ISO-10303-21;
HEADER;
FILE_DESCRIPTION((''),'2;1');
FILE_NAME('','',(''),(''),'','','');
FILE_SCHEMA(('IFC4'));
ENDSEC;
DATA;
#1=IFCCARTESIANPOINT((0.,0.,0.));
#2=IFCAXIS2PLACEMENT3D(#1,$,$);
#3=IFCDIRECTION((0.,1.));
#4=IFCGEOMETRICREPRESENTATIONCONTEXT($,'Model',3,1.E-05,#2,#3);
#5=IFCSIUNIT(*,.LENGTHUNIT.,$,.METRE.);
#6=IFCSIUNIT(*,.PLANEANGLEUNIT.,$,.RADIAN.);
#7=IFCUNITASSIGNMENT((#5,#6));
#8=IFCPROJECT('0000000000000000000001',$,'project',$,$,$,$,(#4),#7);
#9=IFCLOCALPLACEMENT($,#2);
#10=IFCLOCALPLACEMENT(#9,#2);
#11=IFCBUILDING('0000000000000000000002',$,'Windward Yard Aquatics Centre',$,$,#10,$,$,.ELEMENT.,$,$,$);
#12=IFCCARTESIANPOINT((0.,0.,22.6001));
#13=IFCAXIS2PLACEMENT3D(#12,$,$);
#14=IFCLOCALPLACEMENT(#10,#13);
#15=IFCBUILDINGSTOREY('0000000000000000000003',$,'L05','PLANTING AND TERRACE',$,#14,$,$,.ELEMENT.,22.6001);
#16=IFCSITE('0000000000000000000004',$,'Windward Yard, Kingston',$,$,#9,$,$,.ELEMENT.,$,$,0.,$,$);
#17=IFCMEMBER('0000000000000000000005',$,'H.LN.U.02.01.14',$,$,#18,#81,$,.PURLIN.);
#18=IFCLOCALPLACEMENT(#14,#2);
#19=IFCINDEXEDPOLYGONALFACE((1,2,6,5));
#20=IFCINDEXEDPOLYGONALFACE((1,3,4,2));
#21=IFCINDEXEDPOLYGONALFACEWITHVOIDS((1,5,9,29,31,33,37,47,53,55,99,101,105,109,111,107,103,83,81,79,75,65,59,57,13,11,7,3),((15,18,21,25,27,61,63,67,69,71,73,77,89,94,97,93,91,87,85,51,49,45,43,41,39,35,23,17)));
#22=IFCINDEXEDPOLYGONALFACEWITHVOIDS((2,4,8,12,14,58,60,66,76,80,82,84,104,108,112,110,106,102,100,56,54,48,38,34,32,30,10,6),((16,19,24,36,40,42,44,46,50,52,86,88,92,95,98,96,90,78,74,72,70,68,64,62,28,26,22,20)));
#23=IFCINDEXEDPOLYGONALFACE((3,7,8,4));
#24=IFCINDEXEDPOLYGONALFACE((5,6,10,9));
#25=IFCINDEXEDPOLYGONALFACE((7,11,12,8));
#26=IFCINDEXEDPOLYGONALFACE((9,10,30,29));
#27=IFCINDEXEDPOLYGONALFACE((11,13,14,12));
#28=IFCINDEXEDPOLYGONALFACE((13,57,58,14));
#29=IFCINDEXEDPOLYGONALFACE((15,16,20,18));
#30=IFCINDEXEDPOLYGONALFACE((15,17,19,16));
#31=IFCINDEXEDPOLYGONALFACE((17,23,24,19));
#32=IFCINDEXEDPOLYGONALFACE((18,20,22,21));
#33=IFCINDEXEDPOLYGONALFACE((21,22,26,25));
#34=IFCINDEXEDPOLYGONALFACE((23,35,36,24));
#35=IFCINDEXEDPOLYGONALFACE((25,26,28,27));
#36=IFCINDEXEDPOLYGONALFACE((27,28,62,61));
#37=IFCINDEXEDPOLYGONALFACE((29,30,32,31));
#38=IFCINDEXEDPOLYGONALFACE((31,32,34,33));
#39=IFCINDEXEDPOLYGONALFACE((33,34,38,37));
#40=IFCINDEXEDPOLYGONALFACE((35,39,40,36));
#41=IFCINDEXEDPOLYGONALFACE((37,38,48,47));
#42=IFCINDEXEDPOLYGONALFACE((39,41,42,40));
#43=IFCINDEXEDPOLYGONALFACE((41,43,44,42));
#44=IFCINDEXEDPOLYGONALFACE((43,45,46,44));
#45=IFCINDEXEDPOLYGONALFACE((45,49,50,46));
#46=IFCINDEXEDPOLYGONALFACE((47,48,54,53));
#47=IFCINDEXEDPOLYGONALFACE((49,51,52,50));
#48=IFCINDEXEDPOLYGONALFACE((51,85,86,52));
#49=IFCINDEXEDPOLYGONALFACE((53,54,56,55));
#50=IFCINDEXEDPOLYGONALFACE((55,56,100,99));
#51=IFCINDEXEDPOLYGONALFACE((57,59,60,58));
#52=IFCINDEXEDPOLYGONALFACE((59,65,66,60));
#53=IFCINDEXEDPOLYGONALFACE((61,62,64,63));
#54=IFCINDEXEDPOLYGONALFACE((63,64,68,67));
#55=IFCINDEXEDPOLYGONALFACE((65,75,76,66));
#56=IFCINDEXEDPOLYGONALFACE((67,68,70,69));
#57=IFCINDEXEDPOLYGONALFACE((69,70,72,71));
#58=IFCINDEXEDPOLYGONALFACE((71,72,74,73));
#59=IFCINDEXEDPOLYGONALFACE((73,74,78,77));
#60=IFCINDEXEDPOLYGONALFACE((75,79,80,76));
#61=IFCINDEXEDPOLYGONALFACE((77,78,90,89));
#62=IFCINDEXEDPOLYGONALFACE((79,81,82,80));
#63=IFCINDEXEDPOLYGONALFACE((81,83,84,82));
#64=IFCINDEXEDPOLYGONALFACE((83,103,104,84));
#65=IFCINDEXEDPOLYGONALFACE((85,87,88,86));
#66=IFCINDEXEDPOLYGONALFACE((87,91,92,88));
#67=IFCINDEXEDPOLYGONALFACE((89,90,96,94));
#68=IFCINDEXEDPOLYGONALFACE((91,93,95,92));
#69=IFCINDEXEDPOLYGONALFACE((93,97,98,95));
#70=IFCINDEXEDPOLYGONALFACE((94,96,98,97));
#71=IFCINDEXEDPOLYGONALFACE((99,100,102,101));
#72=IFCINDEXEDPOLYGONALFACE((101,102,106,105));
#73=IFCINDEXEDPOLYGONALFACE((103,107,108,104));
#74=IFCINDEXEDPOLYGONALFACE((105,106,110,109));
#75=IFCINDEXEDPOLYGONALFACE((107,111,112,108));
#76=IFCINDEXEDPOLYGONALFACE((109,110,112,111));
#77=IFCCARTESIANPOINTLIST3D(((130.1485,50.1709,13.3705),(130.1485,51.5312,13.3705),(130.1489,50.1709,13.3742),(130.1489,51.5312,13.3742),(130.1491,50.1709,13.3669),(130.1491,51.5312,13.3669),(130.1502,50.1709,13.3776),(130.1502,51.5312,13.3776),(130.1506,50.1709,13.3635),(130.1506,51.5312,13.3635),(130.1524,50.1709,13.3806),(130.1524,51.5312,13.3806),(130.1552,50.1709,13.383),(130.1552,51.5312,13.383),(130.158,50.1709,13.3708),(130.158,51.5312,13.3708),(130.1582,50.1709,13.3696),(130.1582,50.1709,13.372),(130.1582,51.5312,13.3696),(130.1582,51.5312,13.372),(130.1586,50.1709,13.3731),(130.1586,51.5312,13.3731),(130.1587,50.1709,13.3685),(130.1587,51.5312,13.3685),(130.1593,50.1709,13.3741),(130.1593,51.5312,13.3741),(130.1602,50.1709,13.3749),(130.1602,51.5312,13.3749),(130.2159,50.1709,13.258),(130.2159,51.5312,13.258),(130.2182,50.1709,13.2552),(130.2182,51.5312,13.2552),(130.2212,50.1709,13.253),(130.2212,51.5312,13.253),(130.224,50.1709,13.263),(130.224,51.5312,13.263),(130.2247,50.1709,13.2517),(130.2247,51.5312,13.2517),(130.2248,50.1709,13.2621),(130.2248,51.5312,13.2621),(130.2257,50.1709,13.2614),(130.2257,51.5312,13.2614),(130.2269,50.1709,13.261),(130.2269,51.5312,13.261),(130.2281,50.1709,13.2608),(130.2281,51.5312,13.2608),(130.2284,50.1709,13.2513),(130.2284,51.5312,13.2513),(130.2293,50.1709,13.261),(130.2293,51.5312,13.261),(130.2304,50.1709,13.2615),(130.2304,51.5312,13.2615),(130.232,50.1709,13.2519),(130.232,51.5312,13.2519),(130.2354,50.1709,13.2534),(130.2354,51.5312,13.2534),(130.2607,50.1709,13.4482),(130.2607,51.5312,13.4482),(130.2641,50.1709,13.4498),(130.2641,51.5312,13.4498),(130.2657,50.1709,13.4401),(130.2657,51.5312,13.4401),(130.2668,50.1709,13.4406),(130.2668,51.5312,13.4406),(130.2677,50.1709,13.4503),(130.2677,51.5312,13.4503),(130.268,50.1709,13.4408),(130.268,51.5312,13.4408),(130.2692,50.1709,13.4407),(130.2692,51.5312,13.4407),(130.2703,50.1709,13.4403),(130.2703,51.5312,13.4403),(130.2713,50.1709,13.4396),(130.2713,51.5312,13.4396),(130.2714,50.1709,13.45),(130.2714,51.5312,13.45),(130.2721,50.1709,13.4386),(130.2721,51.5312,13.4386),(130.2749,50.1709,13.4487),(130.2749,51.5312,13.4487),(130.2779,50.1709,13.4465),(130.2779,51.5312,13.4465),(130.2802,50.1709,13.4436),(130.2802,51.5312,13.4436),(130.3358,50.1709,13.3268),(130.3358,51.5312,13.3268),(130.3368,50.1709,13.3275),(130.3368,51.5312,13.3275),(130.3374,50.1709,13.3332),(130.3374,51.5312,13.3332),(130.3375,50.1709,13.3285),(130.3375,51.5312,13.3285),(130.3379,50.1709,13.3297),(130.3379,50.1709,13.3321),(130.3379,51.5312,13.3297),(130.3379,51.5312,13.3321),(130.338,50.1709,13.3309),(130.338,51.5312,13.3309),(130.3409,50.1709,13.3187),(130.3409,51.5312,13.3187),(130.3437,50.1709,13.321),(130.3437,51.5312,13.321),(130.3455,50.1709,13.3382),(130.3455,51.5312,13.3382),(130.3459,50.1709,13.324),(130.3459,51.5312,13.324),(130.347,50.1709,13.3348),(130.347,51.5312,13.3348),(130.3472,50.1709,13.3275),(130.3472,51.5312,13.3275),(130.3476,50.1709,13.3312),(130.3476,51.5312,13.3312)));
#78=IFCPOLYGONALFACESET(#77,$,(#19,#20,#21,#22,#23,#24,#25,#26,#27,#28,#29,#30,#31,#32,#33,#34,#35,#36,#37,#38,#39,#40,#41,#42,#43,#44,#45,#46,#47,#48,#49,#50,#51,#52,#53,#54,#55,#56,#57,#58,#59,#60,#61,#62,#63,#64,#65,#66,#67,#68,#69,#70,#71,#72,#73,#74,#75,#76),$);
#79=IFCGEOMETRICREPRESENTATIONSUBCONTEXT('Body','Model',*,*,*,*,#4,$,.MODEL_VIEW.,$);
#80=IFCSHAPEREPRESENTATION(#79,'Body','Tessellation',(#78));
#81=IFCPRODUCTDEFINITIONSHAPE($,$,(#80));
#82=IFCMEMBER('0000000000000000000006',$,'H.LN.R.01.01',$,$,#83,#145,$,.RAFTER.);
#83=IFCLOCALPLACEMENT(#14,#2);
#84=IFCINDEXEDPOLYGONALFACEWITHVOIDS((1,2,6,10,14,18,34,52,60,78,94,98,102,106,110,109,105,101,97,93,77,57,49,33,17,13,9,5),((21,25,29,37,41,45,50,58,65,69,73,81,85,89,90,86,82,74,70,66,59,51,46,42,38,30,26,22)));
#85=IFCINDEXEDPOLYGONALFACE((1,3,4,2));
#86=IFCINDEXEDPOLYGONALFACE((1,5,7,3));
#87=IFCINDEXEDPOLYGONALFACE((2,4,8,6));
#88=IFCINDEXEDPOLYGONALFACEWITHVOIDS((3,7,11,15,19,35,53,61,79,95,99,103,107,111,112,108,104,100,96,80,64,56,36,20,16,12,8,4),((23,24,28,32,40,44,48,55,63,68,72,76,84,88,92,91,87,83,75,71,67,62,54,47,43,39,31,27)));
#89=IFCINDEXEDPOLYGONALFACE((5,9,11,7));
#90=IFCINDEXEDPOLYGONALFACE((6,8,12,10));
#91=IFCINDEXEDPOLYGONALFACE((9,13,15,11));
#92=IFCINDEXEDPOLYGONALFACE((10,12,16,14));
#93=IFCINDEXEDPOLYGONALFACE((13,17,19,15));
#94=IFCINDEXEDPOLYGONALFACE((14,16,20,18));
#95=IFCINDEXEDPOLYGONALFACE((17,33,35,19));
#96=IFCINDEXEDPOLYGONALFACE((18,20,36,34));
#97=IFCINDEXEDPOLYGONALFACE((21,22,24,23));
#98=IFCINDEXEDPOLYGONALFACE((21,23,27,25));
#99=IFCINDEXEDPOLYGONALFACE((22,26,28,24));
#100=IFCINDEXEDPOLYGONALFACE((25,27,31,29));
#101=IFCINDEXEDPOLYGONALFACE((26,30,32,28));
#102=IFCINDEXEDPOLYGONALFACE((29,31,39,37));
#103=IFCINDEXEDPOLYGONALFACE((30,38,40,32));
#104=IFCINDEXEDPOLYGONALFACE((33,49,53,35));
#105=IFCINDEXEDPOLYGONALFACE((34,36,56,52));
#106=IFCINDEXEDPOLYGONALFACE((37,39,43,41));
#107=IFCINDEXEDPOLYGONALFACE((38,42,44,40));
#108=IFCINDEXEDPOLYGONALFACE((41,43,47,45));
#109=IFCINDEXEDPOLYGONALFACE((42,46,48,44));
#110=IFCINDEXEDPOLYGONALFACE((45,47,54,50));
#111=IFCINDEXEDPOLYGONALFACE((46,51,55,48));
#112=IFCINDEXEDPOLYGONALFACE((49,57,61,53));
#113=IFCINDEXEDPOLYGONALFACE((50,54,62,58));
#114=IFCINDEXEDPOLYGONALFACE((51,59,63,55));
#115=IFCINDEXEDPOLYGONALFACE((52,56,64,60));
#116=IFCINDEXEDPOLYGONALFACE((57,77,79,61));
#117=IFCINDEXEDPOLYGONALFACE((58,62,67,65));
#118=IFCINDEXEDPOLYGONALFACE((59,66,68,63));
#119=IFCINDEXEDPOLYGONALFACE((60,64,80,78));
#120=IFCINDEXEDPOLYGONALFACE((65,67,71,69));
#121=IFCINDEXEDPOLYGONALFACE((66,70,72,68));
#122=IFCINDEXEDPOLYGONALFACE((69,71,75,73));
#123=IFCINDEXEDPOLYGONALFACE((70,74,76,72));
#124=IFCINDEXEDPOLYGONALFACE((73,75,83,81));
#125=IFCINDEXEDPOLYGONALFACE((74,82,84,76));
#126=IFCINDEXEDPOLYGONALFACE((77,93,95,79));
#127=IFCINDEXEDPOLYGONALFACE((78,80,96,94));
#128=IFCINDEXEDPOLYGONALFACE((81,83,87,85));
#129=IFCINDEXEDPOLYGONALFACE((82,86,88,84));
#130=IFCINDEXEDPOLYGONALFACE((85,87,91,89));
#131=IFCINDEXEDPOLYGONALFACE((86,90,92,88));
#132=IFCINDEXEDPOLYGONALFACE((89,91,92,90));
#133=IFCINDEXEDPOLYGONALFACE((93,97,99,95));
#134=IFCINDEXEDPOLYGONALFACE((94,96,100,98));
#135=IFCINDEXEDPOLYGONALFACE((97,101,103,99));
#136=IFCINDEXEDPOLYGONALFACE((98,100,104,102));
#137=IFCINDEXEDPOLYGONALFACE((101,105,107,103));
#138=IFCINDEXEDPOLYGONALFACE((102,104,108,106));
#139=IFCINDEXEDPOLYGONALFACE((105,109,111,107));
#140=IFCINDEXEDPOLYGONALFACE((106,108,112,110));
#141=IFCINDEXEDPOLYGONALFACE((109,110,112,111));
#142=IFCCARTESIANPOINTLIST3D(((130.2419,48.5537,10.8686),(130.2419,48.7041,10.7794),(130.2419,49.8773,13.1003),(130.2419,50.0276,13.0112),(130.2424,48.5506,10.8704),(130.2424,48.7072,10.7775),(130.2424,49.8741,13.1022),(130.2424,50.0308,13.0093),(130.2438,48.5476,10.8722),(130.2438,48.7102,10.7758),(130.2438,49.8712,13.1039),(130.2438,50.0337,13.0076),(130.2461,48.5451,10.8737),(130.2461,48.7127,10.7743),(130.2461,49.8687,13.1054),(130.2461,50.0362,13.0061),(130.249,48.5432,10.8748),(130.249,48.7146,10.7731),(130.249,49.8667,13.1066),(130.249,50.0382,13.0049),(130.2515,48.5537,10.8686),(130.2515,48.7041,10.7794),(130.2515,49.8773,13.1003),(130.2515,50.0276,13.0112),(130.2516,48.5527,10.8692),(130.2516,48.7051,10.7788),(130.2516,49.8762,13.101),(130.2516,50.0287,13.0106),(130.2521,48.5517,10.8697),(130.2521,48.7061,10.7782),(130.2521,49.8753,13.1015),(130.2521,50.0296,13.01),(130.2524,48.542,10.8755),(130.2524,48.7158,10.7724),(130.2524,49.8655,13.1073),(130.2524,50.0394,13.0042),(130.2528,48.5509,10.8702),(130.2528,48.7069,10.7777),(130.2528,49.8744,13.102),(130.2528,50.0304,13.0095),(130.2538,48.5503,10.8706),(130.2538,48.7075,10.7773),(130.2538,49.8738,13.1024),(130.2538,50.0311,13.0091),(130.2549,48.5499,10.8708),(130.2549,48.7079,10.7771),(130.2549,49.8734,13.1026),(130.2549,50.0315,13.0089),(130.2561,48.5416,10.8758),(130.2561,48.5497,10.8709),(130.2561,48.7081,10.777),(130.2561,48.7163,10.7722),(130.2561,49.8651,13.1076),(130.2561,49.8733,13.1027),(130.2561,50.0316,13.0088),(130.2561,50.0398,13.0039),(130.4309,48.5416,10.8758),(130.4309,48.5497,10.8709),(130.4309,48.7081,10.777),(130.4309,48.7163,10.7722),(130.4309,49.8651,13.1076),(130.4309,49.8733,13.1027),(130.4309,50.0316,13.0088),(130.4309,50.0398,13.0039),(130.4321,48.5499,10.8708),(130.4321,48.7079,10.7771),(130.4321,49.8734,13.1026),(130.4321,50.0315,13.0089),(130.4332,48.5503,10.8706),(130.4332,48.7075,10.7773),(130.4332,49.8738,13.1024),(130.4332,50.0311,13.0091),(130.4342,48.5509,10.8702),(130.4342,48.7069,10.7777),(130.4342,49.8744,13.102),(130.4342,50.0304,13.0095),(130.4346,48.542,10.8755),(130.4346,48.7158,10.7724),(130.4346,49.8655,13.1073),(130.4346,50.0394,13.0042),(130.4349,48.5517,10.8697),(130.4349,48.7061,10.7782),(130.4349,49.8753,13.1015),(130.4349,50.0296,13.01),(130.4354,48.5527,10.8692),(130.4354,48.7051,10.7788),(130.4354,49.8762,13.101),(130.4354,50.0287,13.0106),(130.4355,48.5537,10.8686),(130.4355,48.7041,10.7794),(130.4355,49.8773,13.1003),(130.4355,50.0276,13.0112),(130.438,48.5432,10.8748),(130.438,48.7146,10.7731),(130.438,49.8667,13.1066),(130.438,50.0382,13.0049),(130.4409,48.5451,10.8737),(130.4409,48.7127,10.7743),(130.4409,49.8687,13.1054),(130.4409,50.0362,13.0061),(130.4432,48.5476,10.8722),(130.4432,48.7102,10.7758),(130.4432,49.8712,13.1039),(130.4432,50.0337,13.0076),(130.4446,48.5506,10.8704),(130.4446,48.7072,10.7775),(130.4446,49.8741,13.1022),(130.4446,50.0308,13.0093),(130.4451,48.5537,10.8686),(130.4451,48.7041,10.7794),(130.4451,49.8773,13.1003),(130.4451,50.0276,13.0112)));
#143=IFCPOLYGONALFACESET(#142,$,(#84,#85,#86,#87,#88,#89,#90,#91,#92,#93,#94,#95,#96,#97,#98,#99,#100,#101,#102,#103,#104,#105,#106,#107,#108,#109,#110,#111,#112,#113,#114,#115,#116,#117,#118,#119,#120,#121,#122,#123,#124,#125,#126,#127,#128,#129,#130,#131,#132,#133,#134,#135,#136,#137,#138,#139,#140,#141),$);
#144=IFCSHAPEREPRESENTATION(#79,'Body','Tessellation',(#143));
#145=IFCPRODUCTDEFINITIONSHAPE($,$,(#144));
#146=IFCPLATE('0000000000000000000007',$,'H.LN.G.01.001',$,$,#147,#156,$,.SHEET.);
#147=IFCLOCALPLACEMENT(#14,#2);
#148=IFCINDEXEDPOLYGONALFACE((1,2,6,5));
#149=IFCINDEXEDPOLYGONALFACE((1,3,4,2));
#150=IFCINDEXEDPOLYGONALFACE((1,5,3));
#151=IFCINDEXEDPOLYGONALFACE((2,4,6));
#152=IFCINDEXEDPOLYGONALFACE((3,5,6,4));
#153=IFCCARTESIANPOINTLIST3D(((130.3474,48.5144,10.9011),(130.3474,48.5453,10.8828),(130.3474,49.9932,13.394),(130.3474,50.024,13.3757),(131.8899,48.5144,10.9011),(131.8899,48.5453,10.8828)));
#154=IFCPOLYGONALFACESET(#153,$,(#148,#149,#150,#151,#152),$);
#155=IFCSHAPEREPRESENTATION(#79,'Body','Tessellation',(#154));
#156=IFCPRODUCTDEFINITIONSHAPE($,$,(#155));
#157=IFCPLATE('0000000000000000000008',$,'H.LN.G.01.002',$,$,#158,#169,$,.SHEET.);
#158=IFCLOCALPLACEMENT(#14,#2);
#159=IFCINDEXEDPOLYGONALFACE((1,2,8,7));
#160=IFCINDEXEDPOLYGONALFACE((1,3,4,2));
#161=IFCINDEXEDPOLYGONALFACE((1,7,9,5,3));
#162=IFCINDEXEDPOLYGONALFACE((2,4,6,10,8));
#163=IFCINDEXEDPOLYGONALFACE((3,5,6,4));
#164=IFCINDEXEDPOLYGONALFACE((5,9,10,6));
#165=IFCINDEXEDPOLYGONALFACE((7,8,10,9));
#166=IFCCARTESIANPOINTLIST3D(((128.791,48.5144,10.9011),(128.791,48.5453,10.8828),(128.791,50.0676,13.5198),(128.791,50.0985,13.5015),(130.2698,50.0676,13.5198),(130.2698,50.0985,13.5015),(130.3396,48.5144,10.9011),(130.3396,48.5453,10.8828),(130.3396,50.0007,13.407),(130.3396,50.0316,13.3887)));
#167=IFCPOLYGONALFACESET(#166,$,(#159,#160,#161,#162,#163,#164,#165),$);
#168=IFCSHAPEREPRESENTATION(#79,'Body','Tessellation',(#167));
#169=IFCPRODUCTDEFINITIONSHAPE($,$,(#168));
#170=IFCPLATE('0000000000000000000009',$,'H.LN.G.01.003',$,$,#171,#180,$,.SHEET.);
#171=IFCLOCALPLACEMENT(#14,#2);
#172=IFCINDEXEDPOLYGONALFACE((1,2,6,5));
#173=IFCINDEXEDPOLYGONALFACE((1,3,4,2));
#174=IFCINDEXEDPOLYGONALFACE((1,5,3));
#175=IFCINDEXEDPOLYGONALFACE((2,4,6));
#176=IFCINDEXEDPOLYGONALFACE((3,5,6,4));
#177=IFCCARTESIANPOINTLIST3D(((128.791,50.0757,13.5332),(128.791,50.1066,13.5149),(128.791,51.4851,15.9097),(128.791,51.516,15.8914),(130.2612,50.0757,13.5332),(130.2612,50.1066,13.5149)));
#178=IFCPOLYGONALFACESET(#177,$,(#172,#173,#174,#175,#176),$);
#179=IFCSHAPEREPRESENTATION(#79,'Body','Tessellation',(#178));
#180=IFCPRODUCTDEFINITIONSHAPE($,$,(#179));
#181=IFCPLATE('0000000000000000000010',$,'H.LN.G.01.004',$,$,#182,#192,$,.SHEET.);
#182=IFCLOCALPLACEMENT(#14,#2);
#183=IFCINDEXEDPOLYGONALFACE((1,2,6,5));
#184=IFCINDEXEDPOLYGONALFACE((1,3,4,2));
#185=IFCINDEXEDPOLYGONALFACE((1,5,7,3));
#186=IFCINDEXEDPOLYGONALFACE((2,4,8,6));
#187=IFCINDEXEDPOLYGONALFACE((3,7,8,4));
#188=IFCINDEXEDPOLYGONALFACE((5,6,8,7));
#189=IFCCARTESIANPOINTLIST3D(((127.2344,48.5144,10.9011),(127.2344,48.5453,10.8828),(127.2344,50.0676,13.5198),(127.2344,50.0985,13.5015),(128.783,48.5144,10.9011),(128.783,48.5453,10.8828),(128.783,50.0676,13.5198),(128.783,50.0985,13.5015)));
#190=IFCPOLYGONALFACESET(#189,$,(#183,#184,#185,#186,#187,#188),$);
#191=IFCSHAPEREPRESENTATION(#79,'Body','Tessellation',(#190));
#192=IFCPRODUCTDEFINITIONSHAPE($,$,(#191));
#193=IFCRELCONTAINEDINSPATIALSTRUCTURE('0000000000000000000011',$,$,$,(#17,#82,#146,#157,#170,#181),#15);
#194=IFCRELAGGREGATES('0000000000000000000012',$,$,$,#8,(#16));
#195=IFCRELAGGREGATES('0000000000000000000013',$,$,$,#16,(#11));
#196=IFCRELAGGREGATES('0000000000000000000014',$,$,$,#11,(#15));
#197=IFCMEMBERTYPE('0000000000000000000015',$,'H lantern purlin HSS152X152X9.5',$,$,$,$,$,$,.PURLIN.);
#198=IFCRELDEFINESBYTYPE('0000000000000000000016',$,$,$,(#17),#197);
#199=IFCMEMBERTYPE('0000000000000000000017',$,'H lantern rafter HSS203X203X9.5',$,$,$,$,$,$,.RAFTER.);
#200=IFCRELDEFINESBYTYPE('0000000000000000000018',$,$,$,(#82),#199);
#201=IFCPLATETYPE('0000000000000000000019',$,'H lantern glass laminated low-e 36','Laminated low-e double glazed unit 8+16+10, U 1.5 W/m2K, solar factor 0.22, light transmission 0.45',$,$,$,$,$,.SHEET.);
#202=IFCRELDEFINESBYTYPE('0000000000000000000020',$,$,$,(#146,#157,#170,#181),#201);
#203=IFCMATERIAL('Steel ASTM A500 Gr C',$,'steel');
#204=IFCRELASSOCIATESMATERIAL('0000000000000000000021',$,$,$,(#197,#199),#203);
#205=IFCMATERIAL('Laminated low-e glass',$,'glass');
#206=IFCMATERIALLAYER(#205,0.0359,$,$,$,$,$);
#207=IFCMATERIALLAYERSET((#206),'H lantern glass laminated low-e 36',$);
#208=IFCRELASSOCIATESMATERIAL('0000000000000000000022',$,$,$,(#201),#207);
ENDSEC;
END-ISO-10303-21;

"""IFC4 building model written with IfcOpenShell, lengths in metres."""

from ifc_helpers import new_model, si_unit, direction, frame, origin, origin_2d, place, context, subcontext, project, spatial, polyline, hollow_rectangle, outline, extrude, material, layer, layer_set, material_profile, profile_set, type_object, element, save


model = new_model("IFC4")

# Units and contexts
model_context = context("Model", 3, precision=1e-05, world=origin(), true_north=direction((0.0, 1.0)))
body_context = subcontext(model_context, "Body", "Model", "MODEL_VIEW")
ifc_project = project(units=[si_unit("LENGTHUNIT", "METRE"), si_unit("PLANEANGLEUNIT", "RADIAN")], contexts=[model_context])

# Site, building, storey
site_placement = place(None, origin())
site = spatial("IfcSite", under=ifc_project, at=site_placement, Name="Windward Yard, Kingston", CompositionType="ELEMENT", RefElevation=0.0)
building_placement = place(site_placement, origin())
building = spatial("IfcBuilding", under=site, at=building_placement, Name="Windward Yard Aquatics Centre", CompositionType="ELEMENT")
storey_placement = place(building_placement, frame((0.0, 0.0, 22.6001)))
storey = spatial("IfcBuildingStorey", under=building, at=storey_placement, Name="L05", Description="PLANTING AND TERRACE", CompositionType="ELEMENT", Elevation=22.6001)

# Members
ifc_material_1 = material(Name="Steel ASTM A500 Gr C", Category="steel")
ifc_material_profile_1 = material_profile(ifc_material_1, hollow_rectangle(XDim=0.1523, YDim=0.1523, WallThickness=0.0095, InnerFilletRadius=0.0046, OuterFilletRadius=0.0142, at=origin_2d()), Name="HSS152X152X9.5")
ifc_profile_set_1 = profile_set([ifc_material_profile_1], Name="Steel ASTM A500 Gr C")
member_type_1 = type_object("IfcMemberType", Name="H lantern purlin HSS152X152X9.5", PredefinedType="PURLIN", material=ifc_profile_set_1)
member_1_placement = place(storey_placement, frame((130.248, 51.5312, 13.3508), z_axis=(0.0, -1.0, 0.0), x_axis=(0.526172, 0.0, -0.850378)))
element("IfcMember", 1, at=member_1_placement, inside=storey, type_object=member_type_1, Name="H.LN.U.02.01.14", PredefinedType="PURLIN", context=body_context, shape_type="SweptSolid", body=[
    extrude(hollow_rectangle(XDim=0.1523, YDim=0.1523, WallThickness=0.0095, InnerFilletRadius=0.0046, OuterFilletRadius=0.0142, at=origin_2d()), origin(), (0.0, 0.0, 1.0), 1.3604),
])
ifc_material_profile_2 = material_profile(ifc_material_1, hollow_rectangle(XDim=0.2031, YDim=0.2031, WallThickness=0.0095, InnerFilletRadius=0.0046, OuterFilletRadius=0.0142, at=origin_2d()), Name="HSS203X203X9.5")
ifc_profile_set_2 = profile_set([ifc_material_profile_2], Name="Steel ASTM A500 Gr C")
member_type_2 = type_object("IfcMemberType", Name="H lantern rafter HSS203X203X9.5", PredefinedType="RAFTER", material=ifc_profile_set_2)
member_2_placement = place(storey_placement, frame((130.3435, 48.6289, 10.824), z_axis=(0.0, 0.510089, 0.860122), x_axis=(-1.0, 0.0, 0.0)))
element("IfcMember", 2, at=member_2_placement, inside=storey, type_object=member_type_2, Name="H.LN.R.01.01", PredefinedType="RAFTER", context=body_context, shape_type="SweptSolid", body=[
    extrude(hollow_rectangle(XDim=0.2031, YDim=0.2031, WallThickness=0.0095, InnerFilletRadius=0.0046, OuterFilletRadius=0.0142, at=origin_2d()), origin(), (0.0, 0.0, 1.0), 2.5947),
])

# Plates
ifc_material_2 = material(Name="Laminated low-e glass", Category="glass")
ifc_layer = layer(ifc_material_2, 0.0359)
ifc_layer_set = layer_set([ifc_layer], Name="H lantern glass laminated low-e 36")
plate_type = type_object("IfcPlateType", Name="H lantern glass laminated low-e 36", Description="Laminated low-e double glazed unit 8+16+10, U 1.5 W/m2K, solar factor 0.22, light transmission 0.45", PredefinedType="SHEET", material=ifc_layer_set)
plate_1_placement = place(storey_placement, frame((130.3474, 48.5144, 10.9011), z_axis=(0.0, -0.860068, 0.510179), x_axis=(0.0, 0.510179, 0.860068)))
element("IfcPlate", 3, at=plate_1_placement, inside=storey, type_object=plate_type, Name="H.LN.G.01.001", PredefinedType="SHEET", context=body_context, shape_type="SweptSolid", body=[
    extrude(outline(polyline([(0.0, 0.0), (2.8985, 0.0), (0.0, -1.5425), (0.0, 0.0)])), origin(), (0.0, 0.0, -1.0), 0.0359),
])
plate_2_placement = place(storey_placement, frame((128.791, 48.5144, 10.9011), z_axis=(0.000002, -0.860086, 0.51015), x_axis=(0.0, 0.51015, 0.860086)))
element("IfcPlate", 4, at=plate_2_placement, inside=storey, type_object=plate_type, Name="H.LN.G.01.002", PredefinedType="SHEET", context=body_context, shape_type="SweptSolid", body=[
    extrude(outline(polyline([(0.0, 0.0), (3.0446, 0.0), (3.0446, -1.4788), (2.9135, -1.5486), (0.0, -1.5486), (0.0, 0.0)])), origin(), (0.0, 0.0, -1.0), 0.0359),
])
plate_3_placement = place(storey_placement, frame((128.791, 50.0757, 13.5332), z_axis=(0.0, -0.860109, 0.51011), x_axis=(0.0, 0.51011, 0.860109)))
element("IfcPlate", 5, at=plate_3_placement, inside=storey, type_object=plate_type, Name="H.LN.G.01.003", PredefinedType="SHEET", context=body_context, shape_type="SweptSolid", body=[
    extrude(outline(polyline([(0.0, 0.0), (2.763, 0.0), (0.0, -1.4702), (0.0, 0.0)])), origin(), (0.0, 0.0, -1.0), 0.0359),
])
plate_4_placement = place(storey_placement, frame((127.2344, 48.5144, 10.9011), z_axis=(0.0, -0.860086, 0.51015), x_axis=(0.0, 0.51015, 0.860086)))
element("IfcPlate", 6, at=plate_4_placement, inside=storey, type_object=plate_type, Name="H.LN.G.01.004", PredefinedType="SHEET", context=body_context, shape_type="SweptSolid", body=[
    extrude(outline(polyline([(0.0, 0.0), (3.0446, 0.0), (3.0446, -1.5486), (0.0, -1.5486), (0.0, 0.0)])), origin(), (0.0, 0.0, -1.0), 0.0359),
])

save(model, "model.ifc")
